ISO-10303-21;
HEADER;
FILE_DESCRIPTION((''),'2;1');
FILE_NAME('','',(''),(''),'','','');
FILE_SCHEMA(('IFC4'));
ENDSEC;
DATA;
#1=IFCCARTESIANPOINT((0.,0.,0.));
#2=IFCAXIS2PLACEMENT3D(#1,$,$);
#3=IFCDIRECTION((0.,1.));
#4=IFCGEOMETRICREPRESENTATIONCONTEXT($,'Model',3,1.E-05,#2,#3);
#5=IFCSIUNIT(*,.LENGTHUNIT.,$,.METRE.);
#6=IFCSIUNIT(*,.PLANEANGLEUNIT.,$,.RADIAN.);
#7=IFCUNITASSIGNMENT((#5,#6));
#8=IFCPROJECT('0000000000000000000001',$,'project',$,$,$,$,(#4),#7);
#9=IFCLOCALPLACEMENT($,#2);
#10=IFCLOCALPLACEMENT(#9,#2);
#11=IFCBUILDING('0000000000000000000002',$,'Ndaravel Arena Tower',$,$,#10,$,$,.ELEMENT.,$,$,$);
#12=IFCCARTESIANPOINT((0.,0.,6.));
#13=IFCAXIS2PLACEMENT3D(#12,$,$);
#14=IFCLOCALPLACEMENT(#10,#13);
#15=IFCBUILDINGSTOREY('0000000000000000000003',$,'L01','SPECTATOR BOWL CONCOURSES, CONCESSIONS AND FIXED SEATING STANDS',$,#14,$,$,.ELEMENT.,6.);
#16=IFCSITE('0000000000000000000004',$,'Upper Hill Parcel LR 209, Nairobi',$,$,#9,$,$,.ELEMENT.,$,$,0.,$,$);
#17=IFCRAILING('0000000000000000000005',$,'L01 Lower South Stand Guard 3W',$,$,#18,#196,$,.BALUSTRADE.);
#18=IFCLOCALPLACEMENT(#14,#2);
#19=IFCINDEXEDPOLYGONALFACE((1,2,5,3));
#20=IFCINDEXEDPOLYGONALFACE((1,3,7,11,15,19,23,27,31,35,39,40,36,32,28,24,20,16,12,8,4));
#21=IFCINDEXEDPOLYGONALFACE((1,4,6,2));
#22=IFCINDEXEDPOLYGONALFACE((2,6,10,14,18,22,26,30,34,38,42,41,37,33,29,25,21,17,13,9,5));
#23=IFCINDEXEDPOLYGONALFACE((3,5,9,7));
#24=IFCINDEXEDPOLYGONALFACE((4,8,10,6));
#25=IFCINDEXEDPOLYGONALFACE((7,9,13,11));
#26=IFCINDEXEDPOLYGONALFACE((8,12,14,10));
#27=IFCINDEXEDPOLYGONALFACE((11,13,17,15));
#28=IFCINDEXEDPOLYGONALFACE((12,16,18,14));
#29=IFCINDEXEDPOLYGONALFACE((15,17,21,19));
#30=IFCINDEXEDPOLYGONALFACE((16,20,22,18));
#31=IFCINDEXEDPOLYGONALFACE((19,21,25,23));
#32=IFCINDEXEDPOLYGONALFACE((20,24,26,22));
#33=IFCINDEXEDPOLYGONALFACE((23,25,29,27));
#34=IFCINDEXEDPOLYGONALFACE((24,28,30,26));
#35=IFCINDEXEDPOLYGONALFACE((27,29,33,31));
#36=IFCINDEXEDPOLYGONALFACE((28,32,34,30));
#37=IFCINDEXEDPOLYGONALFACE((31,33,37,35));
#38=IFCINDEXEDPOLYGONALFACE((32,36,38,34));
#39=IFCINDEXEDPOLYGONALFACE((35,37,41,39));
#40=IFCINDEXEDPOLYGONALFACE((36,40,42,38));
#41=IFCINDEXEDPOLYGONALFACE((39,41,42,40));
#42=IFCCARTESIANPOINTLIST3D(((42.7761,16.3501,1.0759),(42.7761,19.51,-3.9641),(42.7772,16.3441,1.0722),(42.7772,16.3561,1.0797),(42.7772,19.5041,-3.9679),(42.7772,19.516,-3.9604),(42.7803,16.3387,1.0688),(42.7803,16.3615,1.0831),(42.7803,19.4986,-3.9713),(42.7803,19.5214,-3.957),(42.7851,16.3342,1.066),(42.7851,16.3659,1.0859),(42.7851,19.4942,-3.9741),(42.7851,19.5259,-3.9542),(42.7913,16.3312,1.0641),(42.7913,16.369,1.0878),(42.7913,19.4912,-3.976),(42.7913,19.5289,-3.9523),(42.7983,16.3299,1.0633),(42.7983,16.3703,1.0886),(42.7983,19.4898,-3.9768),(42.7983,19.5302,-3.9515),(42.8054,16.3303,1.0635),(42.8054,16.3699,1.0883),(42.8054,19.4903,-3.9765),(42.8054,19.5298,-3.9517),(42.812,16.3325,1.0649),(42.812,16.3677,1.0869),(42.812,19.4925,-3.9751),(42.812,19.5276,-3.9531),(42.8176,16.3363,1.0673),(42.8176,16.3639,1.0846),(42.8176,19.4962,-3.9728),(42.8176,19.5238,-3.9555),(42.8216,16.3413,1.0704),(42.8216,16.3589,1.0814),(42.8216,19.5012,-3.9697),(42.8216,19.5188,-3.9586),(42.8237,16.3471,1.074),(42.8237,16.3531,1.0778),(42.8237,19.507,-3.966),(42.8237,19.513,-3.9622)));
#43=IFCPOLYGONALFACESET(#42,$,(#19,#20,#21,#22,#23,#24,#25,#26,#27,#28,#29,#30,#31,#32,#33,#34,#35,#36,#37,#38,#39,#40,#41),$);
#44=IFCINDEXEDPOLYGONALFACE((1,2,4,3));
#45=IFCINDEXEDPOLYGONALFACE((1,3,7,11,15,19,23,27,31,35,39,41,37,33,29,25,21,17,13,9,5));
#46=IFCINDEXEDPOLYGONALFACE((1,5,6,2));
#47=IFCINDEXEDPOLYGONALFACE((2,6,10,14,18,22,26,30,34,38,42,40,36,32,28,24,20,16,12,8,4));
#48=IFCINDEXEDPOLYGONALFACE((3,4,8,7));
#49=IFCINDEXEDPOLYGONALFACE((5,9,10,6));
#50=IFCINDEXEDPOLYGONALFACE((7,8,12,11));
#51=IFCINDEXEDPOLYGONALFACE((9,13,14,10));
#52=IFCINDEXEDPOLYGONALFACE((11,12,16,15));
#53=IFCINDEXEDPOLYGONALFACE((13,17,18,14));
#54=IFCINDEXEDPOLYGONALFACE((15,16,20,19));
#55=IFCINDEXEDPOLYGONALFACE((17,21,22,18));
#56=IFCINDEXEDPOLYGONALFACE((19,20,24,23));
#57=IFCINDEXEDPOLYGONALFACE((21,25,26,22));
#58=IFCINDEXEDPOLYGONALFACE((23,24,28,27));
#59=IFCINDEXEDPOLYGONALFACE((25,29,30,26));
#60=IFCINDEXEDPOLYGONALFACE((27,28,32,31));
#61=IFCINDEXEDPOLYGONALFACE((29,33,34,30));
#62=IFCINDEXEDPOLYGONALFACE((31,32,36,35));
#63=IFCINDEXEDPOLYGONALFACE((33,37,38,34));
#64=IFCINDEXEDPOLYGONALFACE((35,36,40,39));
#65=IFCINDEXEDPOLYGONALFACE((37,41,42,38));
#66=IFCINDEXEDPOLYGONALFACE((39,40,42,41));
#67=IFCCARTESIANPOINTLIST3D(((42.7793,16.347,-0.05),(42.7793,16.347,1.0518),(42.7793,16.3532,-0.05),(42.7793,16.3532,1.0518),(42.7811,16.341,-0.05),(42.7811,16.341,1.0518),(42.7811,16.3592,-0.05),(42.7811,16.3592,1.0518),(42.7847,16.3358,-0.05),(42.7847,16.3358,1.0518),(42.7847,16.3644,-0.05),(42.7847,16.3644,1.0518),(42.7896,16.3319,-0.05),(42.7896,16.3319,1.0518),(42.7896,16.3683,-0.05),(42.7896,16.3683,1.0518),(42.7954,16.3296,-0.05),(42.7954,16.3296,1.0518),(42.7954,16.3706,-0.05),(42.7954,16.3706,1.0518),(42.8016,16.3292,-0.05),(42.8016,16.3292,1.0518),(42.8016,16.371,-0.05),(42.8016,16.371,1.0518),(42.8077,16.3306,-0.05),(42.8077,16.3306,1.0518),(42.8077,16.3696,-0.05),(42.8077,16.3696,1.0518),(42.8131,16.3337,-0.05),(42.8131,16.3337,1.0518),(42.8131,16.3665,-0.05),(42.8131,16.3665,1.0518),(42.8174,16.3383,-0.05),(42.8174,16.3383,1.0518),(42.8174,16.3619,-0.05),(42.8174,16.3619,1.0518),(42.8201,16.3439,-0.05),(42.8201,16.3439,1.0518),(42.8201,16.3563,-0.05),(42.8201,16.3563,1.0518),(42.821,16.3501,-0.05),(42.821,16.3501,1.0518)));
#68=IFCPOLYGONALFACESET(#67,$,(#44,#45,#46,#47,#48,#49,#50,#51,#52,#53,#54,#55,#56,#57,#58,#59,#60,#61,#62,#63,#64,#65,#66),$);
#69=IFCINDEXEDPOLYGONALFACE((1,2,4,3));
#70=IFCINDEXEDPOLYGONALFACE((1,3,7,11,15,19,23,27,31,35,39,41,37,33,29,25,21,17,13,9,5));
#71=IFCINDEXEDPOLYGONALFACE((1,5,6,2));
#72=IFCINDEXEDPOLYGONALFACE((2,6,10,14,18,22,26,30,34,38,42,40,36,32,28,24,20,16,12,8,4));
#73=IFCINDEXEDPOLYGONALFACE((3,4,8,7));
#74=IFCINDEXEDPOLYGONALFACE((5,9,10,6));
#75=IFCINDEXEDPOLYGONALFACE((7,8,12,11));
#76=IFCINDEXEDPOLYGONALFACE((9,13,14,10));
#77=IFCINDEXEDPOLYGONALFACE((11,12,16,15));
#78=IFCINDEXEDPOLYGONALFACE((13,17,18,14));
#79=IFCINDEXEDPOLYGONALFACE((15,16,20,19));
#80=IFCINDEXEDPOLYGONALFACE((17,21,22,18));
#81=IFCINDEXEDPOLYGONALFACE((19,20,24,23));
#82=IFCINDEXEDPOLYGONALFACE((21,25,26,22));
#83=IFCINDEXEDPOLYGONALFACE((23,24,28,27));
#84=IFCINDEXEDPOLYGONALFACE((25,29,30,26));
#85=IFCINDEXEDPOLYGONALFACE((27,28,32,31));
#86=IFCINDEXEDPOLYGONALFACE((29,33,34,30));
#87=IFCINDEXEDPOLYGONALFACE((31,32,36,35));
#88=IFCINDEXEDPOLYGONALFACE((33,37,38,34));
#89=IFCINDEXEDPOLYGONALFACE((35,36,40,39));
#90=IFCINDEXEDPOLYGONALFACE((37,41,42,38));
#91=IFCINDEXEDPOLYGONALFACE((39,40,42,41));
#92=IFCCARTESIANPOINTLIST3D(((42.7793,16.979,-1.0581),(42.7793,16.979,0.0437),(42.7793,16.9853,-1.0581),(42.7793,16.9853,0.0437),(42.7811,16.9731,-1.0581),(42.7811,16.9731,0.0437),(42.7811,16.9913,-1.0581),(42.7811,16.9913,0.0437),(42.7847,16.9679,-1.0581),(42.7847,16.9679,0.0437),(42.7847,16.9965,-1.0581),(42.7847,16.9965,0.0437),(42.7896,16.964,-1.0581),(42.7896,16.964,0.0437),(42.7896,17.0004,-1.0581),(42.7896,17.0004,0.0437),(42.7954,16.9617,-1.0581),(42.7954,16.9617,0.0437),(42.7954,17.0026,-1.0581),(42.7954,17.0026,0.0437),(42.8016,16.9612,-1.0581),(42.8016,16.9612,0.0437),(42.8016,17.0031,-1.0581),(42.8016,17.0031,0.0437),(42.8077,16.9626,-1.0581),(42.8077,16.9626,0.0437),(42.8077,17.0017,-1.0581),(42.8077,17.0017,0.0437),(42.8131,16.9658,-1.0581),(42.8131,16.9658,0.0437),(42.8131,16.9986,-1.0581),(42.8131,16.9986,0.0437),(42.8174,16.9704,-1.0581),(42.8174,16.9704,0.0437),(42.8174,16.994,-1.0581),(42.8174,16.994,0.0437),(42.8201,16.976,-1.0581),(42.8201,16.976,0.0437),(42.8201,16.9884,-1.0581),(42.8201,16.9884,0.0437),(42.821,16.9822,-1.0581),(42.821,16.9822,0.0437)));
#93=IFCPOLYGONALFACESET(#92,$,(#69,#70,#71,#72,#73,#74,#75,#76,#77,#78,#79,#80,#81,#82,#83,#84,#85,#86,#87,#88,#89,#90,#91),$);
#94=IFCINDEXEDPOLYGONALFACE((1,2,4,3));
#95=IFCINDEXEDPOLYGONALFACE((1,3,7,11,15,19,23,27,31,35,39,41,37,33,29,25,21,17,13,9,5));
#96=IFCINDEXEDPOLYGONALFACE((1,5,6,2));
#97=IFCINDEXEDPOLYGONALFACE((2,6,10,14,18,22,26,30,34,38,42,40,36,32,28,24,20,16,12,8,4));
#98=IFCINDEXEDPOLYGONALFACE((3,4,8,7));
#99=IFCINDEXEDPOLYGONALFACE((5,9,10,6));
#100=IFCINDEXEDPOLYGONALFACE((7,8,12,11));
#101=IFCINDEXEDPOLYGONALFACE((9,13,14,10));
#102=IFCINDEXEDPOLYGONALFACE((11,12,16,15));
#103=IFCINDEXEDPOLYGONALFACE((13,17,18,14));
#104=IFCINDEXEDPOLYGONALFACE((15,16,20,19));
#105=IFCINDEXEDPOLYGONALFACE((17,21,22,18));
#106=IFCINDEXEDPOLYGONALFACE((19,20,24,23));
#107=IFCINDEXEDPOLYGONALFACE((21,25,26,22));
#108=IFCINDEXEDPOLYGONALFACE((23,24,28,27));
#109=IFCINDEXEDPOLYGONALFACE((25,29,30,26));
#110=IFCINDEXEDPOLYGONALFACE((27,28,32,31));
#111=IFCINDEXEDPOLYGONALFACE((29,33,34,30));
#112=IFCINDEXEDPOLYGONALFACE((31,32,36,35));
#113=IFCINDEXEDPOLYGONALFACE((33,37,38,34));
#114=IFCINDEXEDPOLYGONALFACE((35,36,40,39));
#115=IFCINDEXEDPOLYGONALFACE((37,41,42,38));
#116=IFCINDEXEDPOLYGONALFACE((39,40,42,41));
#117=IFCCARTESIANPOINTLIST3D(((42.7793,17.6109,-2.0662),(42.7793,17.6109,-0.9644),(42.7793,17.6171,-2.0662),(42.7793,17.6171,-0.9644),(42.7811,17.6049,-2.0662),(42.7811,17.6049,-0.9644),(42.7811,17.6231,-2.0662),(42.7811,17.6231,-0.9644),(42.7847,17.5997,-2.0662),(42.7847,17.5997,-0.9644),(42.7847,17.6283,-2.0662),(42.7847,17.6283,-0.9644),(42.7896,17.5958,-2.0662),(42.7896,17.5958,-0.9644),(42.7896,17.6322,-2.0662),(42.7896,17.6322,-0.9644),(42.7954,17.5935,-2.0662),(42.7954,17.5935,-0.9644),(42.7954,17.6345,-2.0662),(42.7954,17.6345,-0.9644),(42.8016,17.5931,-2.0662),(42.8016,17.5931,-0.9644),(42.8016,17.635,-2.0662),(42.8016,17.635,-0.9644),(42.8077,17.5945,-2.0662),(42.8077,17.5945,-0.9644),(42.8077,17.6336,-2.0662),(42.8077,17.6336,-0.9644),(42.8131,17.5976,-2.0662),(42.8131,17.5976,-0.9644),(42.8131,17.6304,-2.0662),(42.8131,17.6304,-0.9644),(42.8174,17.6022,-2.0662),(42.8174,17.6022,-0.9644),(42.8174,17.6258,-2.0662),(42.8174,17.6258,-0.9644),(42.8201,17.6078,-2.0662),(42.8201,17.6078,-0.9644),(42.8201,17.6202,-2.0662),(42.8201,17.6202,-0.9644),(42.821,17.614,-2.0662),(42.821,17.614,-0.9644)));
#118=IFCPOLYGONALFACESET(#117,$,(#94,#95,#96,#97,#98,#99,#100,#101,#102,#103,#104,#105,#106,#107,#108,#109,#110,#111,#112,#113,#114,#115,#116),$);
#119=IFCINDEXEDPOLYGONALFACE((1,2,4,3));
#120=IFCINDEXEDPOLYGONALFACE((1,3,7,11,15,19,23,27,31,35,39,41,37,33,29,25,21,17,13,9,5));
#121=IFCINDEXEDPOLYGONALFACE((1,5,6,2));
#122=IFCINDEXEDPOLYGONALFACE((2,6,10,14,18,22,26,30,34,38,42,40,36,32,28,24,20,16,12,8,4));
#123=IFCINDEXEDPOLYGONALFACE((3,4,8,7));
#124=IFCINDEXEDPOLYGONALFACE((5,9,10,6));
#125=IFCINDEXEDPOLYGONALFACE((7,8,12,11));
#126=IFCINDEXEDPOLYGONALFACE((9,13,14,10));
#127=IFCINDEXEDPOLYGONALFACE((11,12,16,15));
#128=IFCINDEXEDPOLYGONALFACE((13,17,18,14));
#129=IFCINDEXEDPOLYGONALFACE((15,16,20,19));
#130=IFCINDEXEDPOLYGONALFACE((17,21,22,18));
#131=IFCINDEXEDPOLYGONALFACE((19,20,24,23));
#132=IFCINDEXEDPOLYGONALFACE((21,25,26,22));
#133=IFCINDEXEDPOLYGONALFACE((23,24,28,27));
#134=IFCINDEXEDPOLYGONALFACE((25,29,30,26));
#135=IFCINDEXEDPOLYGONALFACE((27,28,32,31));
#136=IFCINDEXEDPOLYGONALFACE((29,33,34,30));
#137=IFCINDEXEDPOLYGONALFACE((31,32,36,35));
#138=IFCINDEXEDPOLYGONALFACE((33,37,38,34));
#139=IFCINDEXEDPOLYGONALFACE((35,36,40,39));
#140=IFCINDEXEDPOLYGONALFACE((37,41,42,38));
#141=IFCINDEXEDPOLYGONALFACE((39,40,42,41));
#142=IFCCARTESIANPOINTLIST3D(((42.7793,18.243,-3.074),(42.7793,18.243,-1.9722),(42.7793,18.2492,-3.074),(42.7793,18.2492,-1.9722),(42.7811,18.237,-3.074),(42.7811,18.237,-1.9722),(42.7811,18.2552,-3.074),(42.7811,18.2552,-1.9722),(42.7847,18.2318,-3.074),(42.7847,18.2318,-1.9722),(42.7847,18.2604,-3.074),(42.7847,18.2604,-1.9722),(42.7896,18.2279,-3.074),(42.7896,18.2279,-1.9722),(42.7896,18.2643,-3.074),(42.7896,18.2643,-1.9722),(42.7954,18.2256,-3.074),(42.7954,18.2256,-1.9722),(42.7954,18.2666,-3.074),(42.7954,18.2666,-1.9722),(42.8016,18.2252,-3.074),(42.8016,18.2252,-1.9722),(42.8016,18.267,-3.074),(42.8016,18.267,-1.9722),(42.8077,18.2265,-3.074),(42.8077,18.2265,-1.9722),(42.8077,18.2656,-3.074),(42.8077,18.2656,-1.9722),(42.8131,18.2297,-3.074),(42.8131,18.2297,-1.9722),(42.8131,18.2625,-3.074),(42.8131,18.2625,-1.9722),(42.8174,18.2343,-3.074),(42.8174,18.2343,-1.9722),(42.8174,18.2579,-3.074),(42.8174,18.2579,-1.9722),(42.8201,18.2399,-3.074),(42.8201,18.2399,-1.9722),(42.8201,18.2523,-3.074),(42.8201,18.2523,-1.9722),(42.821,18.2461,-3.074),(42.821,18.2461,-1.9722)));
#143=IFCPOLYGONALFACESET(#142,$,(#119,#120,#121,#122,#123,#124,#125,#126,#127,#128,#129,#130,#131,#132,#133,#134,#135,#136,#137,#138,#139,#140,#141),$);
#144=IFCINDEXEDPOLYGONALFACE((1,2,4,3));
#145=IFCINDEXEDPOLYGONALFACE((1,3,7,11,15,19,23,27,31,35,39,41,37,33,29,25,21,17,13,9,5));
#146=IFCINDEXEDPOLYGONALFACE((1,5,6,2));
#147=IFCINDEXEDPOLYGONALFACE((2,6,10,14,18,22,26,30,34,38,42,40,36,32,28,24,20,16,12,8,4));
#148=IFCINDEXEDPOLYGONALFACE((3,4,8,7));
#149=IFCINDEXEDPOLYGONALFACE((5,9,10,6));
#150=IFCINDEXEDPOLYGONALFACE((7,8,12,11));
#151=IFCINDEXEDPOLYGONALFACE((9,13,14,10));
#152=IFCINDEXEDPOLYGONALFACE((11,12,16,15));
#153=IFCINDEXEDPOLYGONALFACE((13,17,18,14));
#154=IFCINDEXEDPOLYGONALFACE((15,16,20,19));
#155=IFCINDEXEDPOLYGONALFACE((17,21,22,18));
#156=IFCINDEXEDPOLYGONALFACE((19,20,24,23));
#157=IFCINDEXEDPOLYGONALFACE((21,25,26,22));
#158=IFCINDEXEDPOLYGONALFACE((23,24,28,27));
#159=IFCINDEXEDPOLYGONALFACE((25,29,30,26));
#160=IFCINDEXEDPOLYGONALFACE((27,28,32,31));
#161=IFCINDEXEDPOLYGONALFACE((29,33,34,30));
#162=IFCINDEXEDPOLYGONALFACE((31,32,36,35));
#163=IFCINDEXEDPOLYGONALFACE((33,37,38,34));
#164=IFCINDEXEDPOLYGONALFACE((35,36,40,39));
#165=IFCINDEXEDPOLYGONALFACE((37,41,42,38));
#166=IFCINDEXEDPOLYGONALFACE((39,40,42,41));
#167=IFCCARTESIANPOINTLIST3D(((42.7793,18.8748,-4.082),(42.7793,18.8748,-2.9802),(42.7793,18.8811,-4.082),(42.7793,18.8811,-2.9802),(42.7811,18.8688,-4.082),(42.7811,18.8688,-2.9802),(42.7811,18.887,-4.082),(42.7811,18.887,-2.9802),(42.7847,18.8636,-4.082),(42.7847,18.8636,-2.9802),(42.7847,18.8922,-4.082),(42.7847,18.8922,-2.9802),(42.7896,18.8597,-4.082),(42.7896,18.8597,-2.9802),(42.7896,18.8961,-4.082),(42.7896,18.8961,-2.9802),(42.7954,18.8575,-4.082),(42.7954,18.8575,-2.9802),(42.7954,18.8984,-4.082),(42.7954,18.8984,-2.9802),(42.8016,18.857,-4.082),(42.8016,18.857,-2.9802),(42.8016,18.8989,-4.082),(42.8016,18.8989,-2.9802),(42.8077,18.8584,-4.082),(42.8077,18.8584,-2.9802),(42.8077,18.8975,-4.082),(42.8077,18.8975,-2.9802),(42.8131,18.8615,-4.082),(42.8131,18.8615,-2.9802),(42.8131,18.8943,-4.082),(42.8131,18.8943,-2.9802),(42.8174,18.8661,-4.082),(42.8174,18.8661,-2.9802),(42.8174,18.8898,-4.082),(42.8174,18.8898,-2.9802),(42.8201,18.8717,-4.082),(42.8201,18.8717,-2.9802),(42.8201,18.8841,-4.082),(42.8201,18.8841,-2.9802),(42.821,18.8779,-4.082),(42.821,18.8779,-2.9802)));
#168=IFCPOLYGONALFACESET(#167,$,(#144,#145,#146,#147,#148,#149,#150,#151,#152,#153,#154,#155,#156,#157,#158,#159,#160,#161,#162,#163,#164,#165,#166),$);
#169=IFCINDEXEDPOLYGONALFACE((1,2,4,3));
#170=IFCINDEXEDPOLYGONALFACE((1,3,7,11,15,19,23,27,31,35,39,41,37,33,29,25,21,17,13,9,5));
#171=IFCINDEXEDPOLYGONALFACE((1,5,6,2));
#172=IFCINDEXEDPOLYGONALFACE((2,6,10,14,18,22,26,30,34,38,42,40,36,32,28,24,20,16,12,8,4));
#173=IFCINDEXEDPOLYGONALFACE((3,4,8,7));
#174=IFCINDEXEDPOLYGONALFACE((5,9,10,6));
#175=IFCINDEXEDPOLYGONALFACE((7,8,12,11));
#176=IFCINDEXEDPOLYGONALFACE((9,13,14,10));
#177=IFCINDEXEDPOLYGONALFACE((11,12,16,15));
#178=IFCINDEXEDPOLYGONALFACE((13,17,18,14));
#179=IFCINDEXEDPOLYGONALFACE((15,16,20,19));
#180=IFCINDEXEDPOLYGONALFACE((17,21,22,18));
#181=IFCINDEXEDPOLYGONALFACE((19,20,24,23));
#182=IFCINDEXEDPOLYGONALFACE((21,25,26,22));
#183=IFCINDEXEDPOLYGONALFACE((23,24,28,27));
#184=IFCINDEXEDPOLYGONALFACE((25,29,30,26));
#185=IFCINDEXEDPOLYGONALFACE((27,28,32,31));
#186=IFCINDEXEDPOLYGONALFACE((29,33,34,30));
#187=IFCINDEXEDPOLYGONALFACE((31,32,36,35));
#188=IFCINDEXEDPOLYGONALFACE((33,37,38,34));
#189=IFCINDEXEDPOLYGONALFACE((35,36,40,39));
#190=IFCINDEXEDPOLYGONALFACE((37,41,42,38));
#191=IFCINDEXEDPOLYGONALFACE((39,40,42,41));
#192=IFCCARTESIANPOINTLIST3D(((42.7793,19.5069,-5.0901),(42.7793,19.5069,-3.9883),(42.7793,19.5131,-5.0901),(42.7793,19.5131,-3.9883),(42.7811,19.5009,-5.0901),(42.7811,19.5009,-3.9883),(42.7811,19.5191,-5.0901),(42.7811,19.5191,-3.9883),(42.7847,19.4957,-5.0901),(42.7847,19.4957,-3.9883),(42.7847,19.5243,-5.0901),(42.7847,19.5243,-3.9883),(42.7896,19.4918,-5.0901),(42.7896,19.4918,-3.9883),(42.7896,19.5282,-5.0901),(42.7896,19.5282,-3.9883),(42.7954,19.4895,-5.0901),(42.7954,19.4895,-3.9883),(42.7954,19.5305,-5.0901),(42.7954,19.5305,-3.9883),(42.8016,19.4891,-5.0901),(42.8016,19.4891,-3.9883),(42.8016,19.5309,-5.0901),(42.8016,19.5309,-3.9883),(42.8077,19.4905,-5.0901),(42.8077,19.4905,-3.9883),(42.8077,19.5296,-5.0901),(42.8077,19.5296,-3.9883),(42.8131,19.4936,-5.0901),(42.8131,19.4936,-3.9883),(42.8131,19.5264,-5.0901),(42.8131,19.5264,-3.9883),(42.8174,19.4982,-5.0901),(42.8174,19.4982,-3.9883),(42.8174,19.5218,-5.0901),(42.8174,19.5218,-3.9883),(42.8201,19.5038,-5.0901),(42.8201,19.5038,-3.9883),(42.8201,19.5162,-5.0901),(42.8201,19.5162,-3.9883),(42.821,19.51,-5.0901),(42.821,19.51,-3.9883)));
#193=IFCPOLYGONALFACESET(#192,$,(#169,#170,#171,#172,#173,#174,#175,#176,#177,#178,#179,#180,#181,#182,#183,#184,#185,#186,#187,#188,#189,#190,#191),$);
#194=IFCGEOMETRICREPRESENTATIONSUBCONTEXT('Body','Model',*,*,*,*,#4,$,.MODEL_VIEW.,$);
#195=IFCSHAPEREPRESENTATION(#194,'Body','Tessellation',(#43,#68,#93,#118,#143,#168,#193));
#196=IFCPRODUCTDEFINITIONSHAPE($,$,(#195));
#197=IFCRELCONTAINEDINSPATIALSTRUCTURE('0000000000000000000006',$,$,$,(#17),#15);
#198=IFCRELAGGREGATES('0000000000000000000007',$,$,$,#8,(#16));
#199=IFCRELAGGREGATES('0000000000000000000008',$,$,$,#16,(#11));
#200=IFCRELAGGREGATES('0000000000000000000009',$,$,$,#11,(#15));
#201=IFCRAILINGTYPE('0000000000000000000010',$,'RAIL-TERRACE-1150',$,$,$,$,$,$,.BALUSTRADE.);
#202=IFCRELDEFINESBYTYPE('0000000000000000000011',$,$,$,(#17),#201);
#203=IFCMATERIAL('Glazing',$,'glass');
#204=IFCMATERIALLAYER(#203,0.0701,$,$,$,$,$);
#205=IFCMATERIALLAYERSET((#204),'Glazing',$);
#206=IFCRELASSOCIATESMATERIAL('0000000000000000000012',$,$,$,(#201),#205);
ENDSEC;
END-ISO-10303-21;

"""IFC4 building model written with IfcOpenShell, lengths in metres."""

from ifc_helpers import new_model, si_unit, direction, frame, origin, origin_2d, place, context, subcontext, project, spatial, circle, extrude, material, layer, layer_set, type_object, element, save


model = new_model("IFC4")

# Units and contexts
model_context = context("Model", 3, precision=1e-05, world=origin(), true_north=direction((0.0, 1.0)))
body_context = subcontext(model_context, "Body", "Model", "MODEL_VIEW")
ifc_project = project(units=[si_unit("LENGTHUNIT", "METRE"), si_unit("PLANEANGLEUNIT", "RADIAN")], contexts=[model_context])

# Site, building, storey
site_placement = place(None, origin())
site = spatial("IfcSite", under=ifc_project, at=site_placement, Name="Upper Hill Parcel LR 209, Nairobi", CompositionType="ELEMENT", RefElevation=0.0)
building_placement = place(site_placement, origin())
building = spatial("IfcBuilding", under=site, at=building_placement, Name="Ndaravel Arena Tower", CompositionType="ELEMENT")
storey_placement = place(building_placement, frame((0.0, 0.0, 6.0)))
storey = spatial("IfcBuildingStorey", under=building, at=storey_placement, Name="L01", Description="SPECTATOR BOWL CONCOURSES, CONCESSIONS AND FIXED SEATING STANDS", CompositionType="ELEMENT", Elevation=6.0)

# Railing
ifc_material_1 = material(Name="Glazing", Category="glass")
ifc_layer_1 = layer(ifc_material_1, 0.0701)
ifc_layer_set_1 = layer_set([ifc_layer_1], Name="Glazing")
railing_type_1 = type_object("IfcRailingType", Name="RAIL-TERRACE-1150", PredefinedType="BALUSTRADE", material=ifc_layer_set_1)
railing_1_placement = place(storey_placement, frame((42.8, 16.3501, -0.05)))
element("IfcRailing", 1, at=railing_1_placement, inside=storey, type_object=railing_type_1, Name="L01 Lower South Stand Guard 3W", PredefinedType="BALUSTRADE", context=body_context, shape_type="SweptSolid", body=[
    extrude(circle(Radius=0.0239, at=origin_2d()), frame((0.0, 0.0, 1.126), z_axis=(0.0, 0.531194, -0.84725), x_axis=(-1.0, 0.0, 0.0)), (0.0, 0.0, 1.0), 5.9487),
    extrude(circle(Radius=0.021, at=origin_2d()), origin(), (0.0, 0.0, 1.0), 1.1018),
    extrude(circle(Radius=0.021, at=origin_2d()), frame((0.0, 0.6321, -1.0081)), (0.0, 0.0, 1.0), 1.1018),
    extrude(circle(Radius=0.021, at=origin_2d()), frame((0.0, 1.2639, -2.0161)), (0.0, 0.0, 1.0), 1.1018),
    extrude(circle(Radius=0.021, at=origin_2d()), frame((0.0, 1.896, -3.0239)), (0.0, 0.0, 1.0), 1.1018),
    extrude(circle(Radius=0.021, at=origin_2d()), frame((0.0, 2.5278, -4.032)), (0.0, 0.0, 1.0), 1.1018),
    extrude(circle(Radius=0.021, at=origin_2d()), frame((0.0, 3.1599, -5.04)), (0.0, 0.0, 1.0), 1.1018),
])

save(model, "model.ifc")
